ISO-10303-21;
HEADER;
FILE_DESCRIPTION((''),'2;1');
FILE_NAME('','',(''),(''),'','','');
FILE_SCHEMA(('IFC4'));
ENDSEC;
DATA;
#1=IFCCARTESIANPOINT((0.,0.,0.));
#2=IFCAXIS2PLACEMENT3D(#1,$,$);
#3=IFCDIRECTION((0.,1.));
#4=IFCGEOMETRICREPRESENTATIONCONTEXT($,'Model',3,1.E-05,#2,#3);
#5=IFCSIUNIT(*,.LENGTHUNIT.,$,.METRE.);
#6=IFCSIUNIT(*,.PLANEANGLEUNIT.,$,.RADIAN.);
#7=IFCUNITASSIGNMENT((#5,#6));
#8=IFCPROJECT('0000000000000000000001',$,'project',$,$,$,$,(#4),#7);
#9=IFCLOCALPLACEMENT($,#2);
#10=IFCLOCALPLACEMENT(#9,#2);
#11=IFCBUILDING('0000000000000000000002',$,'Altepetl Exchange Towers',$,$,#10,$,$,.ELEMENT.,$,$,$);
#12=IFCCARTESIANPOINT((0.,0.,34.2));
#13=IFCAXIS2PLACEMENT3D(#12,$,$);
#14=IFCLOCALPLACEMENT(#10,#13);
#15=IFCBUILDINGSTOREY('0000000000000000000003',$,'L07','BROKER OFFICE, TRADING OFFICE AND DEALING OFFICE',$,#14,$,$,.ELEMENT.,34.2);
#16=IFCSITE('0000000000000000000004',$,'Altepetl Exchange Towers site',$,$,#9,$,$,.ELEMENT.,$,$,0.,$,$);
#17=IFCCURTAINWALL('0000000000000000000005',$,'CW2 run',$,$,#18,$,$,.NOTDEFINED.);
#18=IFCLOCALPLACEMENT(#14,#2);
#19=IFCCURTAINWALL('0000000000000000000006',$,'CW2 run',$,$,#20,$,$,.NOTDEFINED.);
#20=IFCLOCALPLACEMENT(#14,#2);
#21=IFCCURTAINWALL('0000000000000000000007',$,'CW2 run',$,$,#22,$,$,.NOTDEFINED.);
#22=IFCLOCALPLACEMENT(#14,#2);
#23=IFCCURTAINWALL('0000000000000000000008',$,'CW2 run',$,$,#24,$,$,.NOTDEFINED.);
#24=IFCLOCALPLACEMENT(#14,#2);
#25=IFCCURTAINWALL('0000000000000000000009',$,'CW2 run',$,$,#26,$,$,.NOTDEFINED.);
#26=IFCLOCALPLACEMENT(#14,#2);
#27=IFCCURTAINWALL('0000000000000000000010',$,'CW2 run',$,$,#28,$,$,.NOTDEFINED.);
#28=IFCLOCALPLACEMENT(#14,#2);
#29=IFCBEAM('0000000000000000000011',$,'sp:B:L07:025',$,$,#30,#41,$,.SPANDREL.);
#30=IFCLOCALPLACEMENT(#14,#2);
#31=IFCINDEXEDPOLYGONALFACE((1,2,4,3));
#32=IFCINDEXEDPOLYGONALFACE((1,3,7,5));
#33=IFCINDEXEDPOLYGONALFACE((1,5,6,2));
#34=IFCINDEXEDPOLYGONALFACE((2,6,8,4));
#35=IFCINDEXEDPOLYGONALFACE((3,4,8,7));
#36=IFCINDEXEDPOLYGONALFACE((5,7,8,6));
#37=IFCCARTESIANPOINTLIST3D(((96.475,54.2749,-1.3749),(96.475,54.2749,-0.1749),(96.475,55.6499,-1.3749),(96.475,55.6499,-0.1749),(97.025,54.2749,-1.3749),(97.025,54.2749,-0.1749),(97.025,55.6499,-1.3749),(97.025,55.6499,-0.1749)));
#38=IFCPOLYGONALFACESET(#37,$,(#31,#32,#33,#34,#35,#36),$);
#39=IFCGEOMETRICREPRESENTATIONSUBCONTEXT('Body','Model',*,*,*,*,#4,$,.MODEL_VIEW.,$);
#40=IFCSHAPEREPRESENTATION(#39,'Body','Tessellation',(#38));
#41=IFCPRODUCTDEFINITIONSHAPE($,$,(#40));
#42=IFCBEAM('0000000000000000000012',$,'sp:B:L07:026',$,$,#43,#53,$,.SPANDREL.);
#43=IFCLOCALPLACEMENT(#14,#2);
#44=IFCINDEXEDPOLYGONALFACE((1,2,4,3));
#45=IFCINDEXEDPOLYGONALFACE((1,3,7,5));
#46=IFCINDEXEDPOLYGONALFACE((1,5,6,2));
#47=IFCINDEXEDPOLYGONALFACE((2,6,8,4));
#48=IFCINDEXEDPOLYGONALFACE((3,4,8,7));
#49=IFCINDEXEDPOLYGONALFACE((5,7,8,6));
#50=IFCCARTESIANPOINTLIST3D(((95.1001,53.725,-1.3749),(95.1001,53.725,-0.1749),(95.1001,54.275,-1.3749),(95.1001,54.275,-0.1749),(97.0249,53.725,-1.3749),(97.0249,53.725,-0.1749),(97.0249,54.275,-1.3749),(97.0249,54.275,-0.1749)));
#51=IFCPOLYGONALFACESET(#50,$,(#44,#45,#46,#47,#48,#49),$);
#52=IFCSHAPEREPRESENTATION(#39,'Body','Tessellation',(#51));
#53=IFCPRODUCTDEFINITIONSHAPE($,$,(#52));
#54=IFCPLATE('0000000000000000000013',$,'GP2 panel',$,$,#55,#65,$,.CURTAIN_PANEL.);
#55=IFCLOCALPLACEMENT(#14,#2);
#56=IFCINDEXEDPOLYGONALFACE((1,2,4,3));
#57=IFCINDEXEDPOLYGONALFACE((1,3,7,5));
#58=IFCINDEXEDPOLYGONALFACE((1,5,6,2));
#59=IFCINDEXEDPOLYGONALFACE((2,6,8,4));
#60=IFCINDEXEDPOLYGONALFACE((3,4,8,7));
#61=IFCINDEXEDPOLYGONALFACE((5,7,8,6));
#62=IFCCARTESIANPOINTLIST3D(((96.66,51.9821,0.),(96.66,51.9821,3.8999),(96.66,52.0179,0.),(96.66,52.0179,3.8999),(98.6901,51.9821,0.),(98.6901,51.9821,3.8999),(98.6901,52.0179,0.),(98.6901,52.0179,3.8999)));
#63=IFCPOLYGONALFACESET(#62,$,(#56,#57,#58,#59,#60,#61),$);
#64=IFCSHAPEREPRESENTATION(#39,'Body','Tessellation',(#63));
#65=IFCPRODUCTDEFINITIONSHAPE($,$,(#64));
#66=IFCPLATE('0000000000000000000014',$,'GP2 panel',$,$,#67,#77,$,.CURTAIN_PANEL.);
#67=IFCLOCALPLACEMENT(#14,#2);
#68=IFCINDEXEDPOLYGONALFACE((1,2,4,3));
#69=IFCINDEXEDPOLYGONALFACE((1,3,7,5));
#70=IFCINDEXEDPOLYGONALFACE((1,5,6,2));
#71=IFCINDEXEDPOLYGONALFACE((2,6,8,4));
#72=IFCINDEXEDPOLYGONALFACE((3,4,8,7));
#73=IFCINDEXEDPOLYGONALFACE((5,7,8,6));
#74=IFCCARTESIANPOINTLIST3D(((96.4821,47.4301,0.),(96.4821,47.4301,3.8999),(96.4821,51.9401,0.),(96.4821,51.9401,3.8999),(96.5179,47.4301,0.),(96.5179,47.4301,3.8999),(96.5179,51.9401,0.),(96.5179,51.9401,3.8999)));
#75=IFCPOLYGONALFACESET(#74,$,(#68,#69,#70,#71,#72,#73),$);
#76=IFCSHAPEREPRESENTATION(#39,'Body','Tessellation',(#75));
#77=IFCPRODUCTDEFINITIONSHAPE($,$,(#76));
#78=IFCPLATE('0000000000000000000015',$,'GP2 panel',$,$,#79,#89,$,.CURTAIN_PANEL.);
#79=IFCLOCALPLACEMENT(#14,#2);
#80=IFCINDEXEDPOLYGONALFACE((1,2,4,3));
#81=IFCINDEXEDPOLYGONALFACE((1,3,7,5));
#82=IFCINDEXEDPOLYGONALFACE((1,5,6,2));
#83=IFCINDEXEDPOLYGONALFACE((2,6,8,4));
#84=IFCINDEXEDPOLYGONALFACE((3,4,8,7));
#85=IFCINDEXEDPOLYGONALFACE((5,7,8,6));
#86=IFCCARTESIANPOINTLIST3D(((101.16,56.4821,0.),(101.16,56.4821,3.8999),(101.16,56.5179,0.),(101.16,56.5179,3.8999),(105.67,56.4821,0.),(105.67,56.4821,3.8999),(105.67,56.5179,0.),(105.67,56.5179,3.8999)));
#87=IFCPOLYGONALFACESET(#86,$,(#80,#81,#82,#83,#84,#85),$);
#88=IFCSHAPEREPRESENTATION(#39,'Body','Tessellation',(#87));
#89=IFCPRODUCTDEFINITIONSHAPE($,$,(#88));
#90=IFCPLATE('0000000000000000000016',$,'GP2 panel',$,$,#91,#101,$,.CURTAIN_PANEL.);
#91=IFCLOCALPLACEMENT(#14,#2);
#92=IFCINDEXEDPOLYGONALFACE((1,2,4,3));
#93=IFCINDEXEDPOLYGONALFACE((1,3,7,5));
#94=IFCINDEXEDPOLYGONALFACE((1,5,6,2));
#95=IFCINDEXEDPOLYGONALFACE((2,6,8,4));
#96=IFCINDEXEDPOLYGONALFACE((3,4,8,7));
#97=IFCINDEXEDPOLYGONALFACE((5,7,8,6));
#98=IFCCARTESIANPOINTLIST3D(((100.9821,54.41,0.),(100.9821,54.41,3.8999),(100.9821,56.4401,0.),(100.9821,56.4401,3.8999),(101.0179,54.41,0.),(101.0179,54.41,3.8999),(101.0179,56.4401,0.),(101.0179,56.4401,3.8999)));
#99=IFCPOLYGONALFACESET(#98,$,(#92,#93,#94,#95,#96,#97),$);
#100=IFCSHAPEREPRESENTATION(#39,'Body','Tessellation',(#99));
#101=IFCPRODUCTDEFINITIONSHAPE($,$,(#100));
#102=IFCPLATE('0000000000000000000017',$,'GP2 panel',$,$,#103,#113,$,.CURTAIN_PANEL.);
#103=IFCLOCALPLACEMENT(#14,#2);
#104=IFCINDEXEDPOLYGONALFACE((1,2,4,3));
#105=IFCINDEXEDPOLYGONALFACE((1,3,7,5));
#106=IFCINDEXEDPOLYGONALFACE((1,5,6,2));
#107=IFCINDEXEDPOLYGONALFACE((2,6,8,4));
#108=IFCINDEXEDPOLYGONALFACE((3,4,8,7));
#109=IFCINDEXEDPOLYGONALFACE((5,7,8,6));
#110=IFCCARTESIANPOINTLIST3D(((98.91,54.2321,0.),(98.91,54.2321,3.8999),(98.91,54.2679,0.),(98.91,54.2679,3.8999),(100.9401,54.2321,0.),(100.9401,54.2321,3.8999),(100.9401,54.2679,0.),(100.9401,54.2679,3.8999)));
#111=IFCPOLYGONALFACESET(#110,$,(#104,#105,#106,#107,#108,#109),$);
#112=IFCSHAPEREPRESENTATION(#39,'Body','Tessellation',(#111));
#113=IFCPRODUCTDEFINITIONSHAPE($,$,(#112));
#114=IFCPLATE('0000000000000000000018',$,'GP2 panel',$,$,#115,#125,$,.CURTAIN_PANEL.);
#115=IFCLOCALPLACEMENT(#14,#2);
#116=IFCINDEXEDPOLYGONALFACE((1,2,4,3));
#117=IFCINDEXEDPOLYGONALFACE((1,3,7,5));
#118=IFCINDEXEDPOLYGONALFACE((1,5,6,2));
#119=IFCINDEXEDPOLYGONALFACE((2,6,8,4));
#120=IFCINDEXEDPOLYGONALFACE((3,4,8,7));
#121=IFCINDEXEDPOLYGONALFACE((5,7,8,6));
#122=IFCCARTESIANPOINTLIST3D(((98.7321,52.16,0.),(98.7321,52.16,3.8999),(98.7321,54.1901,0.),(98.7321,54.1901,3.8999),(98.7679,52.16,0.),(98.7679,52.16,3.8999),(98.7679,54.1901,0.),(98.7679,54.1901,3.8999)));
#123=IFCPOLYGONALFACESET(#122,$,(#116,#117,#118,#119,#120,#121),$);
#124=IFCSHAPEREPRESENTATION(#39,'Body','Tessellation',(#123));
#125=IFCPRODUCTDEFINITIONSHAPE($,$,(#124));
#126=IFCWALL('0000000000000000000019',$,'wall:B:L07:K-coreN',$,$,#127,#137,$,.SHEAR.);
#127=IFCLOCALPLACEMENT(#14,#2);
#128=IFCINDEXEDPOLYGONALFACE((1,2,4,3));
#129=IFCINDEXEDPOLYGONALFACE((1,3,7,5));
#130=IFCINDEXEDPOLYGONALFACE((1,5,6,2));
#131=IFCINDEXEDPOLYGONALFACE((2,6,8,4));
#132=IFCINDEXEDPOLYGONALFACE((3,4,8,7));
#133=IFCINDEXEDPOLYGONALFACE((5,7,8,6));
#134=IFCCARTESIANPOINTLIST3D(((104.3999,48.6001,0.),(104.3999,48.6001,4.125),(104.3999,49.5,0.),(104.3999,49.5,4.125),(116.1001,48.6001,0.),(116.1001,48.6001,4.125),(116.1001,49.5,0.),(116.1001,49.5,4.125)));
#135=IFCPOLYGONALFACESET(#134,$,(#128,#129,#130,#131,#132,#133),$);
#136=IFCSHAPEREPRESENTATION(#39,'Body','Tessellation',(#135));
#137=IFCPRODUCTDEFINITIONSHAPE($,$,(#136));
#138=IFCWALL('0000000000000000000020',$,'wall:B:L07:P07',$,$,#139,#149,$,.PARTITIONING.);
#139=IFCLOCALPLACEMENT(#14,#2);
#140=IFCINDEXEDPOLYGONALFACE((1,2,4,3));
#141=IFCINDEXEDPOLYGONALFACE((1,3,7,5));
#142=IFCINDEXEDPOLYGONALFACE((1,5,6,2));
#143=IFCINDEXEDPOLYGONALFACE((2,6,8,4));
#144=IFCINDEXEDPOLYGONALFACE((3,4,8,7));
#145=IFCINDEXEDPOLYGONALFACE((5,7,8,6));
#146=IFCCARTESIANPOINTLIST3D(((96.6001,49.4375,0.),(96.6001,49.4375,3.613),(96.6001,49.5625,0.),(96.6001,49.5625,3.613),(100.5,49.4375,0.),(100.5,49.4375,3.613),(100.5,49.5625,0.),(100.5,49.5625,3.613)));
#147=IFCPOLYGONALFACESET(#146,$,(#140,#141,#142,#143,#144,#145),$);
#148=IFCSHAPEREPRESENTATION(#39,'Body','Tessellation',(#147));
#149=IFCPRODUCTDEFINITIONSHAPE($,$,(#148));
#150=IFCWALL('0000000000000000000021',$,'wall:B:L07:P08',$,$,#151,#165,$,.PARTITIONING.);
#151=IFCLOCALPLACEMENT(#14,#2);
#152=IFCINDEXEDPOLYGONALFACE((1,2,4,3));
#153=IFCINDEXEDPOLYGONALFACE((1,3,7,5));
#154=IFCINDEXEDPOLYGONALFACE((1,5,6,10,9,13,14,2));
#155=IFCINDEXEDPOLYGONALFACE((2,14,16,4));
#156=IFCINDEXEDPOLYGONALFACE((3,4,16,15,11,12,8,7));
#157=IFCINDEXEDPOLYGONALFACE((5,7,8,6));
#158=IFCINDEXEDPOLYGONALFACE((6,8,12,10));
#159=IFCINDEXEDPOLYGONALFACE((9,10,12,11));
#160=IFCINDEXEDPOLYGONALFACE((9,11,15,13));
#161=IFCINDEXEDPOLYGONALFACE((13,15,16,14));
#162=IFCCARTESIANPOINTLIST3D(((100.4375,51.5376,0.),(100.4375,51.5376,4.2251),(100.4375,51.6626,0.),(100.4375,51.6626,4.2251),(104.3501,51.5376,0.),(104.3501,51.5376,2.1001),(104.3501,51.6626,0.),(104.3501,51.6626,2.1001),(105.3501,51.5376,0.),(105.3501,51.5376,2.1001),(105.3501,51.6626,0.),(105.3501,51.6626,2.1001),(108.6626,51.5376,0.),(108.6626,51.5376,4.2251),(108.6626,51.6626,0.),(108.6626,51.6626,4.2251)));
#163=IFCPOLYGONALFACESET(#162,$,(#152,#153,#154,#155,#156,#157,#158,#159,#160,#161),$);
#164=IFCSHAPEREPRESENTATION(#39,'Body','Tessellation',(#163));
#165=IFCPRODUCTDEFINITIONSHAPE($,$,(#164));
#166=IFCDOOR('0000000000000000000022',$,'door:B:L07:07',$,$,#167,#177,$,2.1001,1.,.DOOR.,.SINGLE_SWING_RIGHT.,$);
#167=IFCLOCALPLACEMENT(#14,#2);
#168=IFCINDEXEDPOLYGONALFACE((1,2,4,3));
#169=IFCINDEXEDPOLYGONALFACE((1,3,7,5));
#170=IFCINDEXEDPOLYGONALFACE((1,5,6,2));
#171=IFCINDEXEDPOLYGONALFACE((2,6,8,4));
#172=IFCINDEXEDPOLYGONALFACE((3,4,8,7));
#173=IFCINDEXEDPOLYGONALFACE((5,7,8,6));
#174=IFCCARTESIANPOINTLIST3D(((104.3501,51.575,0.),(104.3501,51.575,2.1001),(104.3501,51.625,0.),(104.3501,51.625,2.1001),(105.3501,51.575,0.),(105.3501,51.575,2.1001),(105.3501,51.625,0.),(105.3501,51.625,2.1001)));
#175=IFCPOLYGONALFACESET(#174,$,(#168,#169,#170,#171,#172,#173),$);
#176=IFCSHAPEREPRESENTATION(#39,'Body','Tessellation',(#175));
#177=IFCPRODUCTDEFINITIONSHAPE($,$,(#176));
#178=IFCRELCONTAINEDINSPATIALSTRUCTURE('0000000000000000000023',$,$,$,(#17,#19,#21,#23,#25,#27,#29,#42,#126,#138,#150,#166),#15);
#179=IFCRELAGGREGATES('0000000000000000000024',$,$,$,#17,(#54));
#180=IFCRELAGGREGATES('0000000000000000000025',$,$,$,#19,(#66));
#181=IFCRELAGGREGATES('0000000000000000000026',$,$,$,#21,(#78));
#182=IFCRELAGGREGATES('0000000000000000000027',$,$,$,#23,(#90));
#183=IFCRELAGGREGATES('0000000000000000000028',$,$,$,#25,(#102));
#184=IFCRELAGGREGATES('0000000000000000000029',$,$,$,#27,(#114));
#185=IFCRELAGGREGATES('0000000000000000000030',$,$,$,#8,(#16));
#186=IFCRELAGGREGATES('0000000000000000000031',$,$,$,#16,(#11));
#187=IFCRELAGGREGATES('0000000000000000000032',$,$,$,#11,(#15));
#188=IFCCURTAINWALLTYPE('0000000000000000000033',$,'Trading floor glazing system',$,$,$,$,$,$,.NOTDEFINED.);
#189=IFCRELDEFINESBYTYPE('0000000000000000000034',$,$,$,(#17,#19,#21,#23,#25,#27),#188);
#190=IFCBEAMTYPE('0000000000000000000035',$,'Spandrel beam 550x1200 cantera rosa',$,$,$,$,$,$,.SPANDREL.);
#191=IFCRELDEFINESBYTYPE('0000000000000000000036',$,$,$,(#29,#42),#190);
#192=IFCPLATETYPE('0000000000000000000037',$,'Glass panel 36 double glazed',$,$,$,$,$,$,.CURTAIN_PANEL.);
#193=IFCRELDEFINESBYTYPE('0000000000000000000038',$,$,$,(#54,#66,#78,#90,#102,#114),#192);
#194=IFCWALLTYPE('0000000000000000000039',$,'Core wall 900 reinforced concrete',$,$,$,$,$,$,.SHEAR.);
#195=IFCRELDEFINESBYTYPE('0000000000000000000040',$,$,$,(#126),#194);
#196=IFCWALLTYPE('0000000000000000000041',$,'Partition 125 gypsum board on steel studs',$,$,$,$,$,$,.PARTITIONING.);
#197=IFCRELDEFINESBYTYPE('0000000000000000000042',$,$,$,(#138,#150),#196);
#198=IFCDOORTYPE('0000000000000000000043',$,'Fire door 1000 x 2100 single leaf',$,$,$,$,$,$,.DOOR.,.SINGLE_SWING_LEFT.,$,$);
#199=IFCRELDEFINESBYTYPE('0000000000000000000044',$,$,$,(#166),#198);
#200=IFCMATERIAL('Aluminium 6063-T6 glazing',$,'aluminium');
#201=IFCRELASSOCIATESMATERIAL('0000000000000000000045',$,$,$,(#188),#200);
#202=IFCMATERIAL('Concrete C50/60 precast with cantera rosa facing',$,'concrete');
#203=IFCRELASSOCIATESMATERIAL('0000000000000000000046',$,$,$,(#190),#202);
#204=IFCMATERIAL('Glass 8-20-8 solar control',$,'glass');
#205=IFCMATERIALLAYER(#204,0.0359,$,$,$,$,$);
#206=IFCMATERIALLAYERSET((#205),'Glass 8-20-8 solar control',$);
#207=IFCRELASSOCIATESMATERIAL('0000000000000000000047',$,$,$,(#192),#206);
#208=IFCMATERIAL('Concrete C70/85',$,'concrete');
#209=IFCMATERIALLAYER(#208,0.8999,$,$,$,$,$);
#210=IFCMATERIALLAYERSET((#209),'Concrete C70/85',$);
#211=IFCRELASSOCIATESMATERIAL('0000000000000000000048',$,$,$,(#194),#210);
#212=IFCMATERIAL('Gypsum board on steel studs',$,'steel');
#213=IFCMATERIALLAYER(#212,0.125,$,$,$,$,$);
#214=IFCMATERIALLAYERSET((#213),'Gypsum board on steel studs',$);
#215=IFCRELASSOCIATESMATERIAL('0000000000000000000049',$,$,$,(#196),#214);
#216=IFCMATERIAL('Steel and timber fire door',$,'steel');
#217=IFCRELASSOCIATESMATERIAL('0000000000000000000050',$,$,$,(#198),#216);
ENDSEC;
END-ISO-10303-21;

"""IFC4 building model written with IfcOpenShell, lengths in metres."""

from ifc_helpers import new_model, si_unit, direction, frame, frame_2d, origin, origin_2d, place, context, subcontext, project, spatial, rectangle, extrude, material, layer, layer_set, material_profile, profile_set, type_object, element, fill, aggregate, save


model = new_model("IFC4")

# Units and contexts
model_context = context("Model", 3, precision=1e-05, world=origin(), true_north=direction((0.0, 1.0)))
body_context = subcontext(model_context, "Body", "Model", "MODEL_VIEW")
ifc_project = project(units=[si_unit("LENGTHUNIT", "METRE"), si_unit("PLANEANGLEUNIT", "RADIAN")], contexts=[model_context])

# Site, building, storey
site_placement = place(None, origin())
site = spatial("IfcSite", under=ifc_project, at=site_placement, Name="Altepetl Exchange Towers site", CompositionType="ELEMENT", RefElevation=0.0)
building_placement = place(site_placement, origin())
building = spatial("IfcBuilding", under=site, at=building_placement, Name="Altepetl Exchange Towers", CompositionType="ELEMENT")
storey_placement = place(building_placement, frame((0.0, 0.0, 34.2)))
storey = spatial("IfcBuildingStorey", under=building, at=storey_placement, Name="L07", Description="BROKER OFFICE, TRADING OFFICE AND DEALING OFFICE", CompositionType="ELEMENT", Elevation=34.2)

# Shared definitions
ifc_material_1 = material(Name="Concrete C70/85", Category="concrete")

# Curtain walls
ifc_material_2 = material(Name="Aluminium 6063-T6 glazing", Category="aluminium")
curtain_wall_type = type_object("IfcCurtainWallType", Name="Trading floor glazing system", PredefinedType="NOTDEFINED", material=ifc_material_2)
curtain_wall_1_placement = place(storey_placement, origin())
curtain_wall_1 = element("IfcCurtainWall", 1, at=curtain_wall_1_placement, inside=storey, type_object=curtain_wall_type, Name="CW2 run", PredefinedType="NOTDEFINED")
curtain_wall_2_placement = place(storey_placement, origin())
curtain_wall_2 = element("IfcCurtainWall", 2, at=curtain_wall_2_placement, inside=storey, type_object=curtain_wall_type, Name="CW2 run", PredefinedType="NOTDEFINED")

# Curtain wall
curtain_wall_3_placement = place(storey_placement, origin())
curtain_wall_3 = element("IfcCurtainWall", 3, at=curtain_wall_3_placement, inside=storey, type_object=curtain_wall_type, Name="CW2 run", PredefinedType="NOTDEFINED")

# Curtain walls
curtain_wall_4_placement = place(storey_placement, origin())
curtain_wall_4 = element("IfcCurtainWall", 4, at=curtain_wall_4_placement, inside=storey, type_object=curtain_wall_type, Name="CW2 run", PredefinedType="NOTDEFINED")
curtain_wall_5_placement = place(storey_placement, origin())
curtain_wall_5 = element("IfcCurtainWall", 5, at=curtain_wall_5_placement, inside=storey, type_object=curtain_wall_type, Name="CW2 run", PredefinedType="NOTDEFINED")
curtain_wall_6_placement = place(storey_placement, origin())
curtain_wall_6 = element("IfcCurtainWall", 6, at=curtain_wall_6_placement, inside=storey, type_object=curtain_wall_type, Name="CW2 run", PredefinedType="NOTDEFINED")

# Beams
ifc_material_3 = material(Name="Concrete C50/60 precast with cantera rosa facing", Category="concrete")
ifc_material_profile_1 = material_profile(ifc_material_3, rectangle(XDim=0.55, YDim=1.2, at=origin_2d()), Name="550 x 1200")
ifc_profile_set_1 = profile_set([ifc_material_profile_1], Name="Concrete C50/60 precast with cantera rosa facing")
beam_type_1 = type_object("IfcBeamType", Name="Spandrel beam 550x1200 cantera rosa", PredefinedType="SPANDREL", material=ifc_profile_set_1)
beam_1_placement = place(storey_placement, frame((96.75, 55.6499, -0.7749), z_axis=(0.0, -1.0, 0.0), x_axis=(1.0, 0.0, 0.0)))
element("IfcBeam", 7, at=beam_1_placement, inside=storey, type_object=beam_type_1, Name="sp:B:L07:025", PredefinedType="SPANDREL", context=body_context, shape_type="SweptSolid", body=[
    extrude(rectangle(XDim=0.55, YDim=1.2, at=origin_2d()), origin(), (0.0, 0.0, 1.0), 1.375),
])
beam_2_placement = place(storey_placement, frame((97.0249, 54.0, -0.7749), z_axis=(-1.0, 0.0, 0.0), x_axis=(0.0, -1.0, 0.0)))
element("IfcBeam", 8, at=beam_2_placement, inside=storey, type_object=beam_type_1, Name="sp:B:L07:026", PredefinedType="SPANDREL", context=body_context, shape_type="SweptSolid", body=[
    extrude(rectangle(XDim=0.55, YDim=1.2, at=origin_2d()), origin(), (0.0, 0.0, 1.0), 1.9248),
])

# Plates
ifc_material_4 = material(Name="Glass 8-20-8 solar control", Category="glass")
ifc_layer_1 = layer(ifc_material_4, 0.0359)
ifc_layer_set_1 = layer_set([ifc_layer_1], Name="Glass 8-20-8 solar control")
plate_type = type_object("IfcPlateType", Name="Glass panel 36 double glazed", PredefinedType="CURTAIN_PANEL", material=ifc_layer_set_1)
plate_1_placement = place(storey_placement, frame((97.675, 52.0, 0.0), z_axis=(0.0, 0.0, 1.0), x_axis=(-1.0, 0.0, 0.0)))
plate_1 = element("IfcPlate", 9, at=plate_1_placement, type_object=plate_type, Name="GP2 panel", PredefinedType="CURTAIN_PANEL", context=body_context, shape_type="SweptSolid", body=[
    extrude(rectangle(XDim=2.03, YDim=0.0359, at=origin_2d()), origin(), (0.0, 0.0, 1.0), 3.8999),
])
aggregate(curtain_wall_1, [plate_1])
plate_2_placement = place(storey_placement, frame((96.5, 49.6851, 0.0), z_axis=(0.0, 0.0, 1.0), x_axis=(0.0, -1.0, 0.0)))
plate_2 = element("IfcPlate", 10, at=plate_2_placement, type_object=plate_type, Name="GP2 panel", PredefinedType="CURTAIN_PANEL", context=body_context, shape_type="SweptSolid", body=[
    extrude(rectangle(XDim=4.51, YDim=0.0359, at=origin_2d()), origin(), (0.0, 0.0, 1.0), 3.8999),
])
aggregate(curtain_wall_2, [plate_2])
plate_3_placement = place(storey_placement, frame((103.415, 56.5, 0.0), z_axis=(0.0, 0.0, 1.0), x_axis=(-1.0, 0.0, 0.0)))
plate_3 = element("IfcPlate", 11, at=plate_3_placement, type_object=plate_type, Name="GP2 panel", PredefinedType="CURTAIN_PANEL", context=body_context, shape_type="SweptSolid", body=[
    extrude(rectangle(XDim=4.51, YDim=0.0359, at=origin_2d()), origin(), (0.0, 0.0, 1.0), 3.8999),
])
aggregate(curtain_wall_3, [plate_3])
plate_4_placement = place(storey_placement, frame((101.0, 55.425, 0.0), z_axis=(0.0, 0.0, 1.0), x_axis=(0.0, -1.0, 0.0)))
plate_4 = element("IfcPlate", 12, at=plate_4_placement, type_object=plate_type, Name="GP2 panel", PredefinedType="CURTAIN_PANEL", context=body_context, shape_type="SweptSolid", body=[
    extrude(rectangle(XDim=2.03, YDim=0.0359, at=origin_2d()), origin(), (0.0, 0.0, 1.0), 3.8999),
])
aggregate(curtain_wall_4, [plate_4])
plate_5_placement = place(storey_placement, frame((99.925, 54.25, 0.0), z_axis=(0.0, 0.0, 1.0), x_axis=(-1.0, 0.0, 0.0)))
plate_5 = element("IfcPlate", 13, at=plate_5_placement, type_object=plate_type, Name="GP2 panel", PredefinedType="CURTAIN_PANEL", context=body_context, shape_type="SweptSolid", body=[
    extrude(rectangle(XDim=2.03, YDim=0.0359, at=origin_2d()), origin(), (0.0, 0.0, 1.0), 3.8999),
])
aggregate(curtain_wall_5, [plate_5])
plate_6_placement = place(storey_placement, frame((98.75, 53.175, 0.0), z_axis=(0.0, 0.0, 1.0), x_axis=(0.0, -1.0, 0.0)))
plate_6 = element("IfcPlate", 14, at=plate_6_placement, type_object=plate_type, Name="GP2 panel", PredefinedType="CURTAIN_PANEL", context=body_context, shape_type="SweptSolid", body=[
    extrude(rectangle(XDim=2.03, YDim=0.0359, at=origin_2d()), origin(), (0.0, 0.0, 1.0), 3.8999),
])
aggregate(curtain_wall_6, [plate_6])

# Walls
ifc_layer_2 = layer(ifc_material_1, 0.8999)
ifc_layer_set_2 = layer_set([ifc_layer_2], Name="Concrete C70/85")
wall_type_1 = type_object("IfcWallType", Name="Core wall 900 reinforced concrete", PredefinedType="SHEAR", material=ifc_layer_set_2)
wall_1_placement = place(storey_placement, frame((104.3999, 49.05, 0.0)))
element("IfcWall", 15, at=wall_1_placement, inside=storey, type_object=wall_type_1, Name="wall:B:L07:K-coreN", PredefinedType="SHEAR", context=body_context, shape_type="SweptSolid", body=[
    extrude(rectangle(XDim=11.7002, YDim=0.8999, at=frame_2d((5.8501, 0.0))), origin(), (0.0, 0.0, 1.0), 4.125),
])
ifc_material_5 = material(Name="Gypsum board on steel studs", Category="steel")
ifc_layer_3 = layer(ifc_material_5, 0.125)
ifc_layer_set_3 = layer_set([ifc_layer_3], Name="Gypsum board on steel studs")
wall_type_2 = type_object("IfcWallType", Name="Partition 125 gypsum board on steel studs", PredefinedType="PARTITIONING", material=ifc_layer_set_3)
wall_2_placement = place(storey_placement, frame((96.6001, 49.5, 0.0)))
element("IfcWall", 16, at=wall_2_placement, inside=storey, type_object=wall_type_2, Name="wall:B:L07:P07", PredefinedType="PARTITIONING", context=body_context, shape_type="SweptSolid", body=[
    extrude(rectangle(XDim=3.8999, YDim=0.125, at=frame_2d((1.95, 0.0))), origin(), (0.0, 0.0, 1.0), 3.613),
])

# Wall, opening, door
wall_3_placement = place(storey_placement, frame((100.4375, 51.6001, 0.0)))
wall_3 = element("IfcWall", 17, at=wall_3_placement, inside=storey, type_object=wall_type_2, Name="wall:B:L07:P08", PredefinedType="PARTITIONING", context=body_context, shape_type="SweptSolid", body=[
    extrude(rectangle(XDim=8.2251, YDim=0.125, at=frame_2d((4.1125, 0.0))), origin(), (0.0, 0.0, 1.0), 4.2251),
])
opening_placement = place(wall_3_placement, frame((3.9126, 0.0, 0.0)))
opening = element("IfcOpeningElement", 18, at=opening_placement, cuts=wall_3, PredefinedType="OPENING", context=body_context, shape_type="SweptSolid", body=[
    extrude(rectangle(XDim=1.0, YDim=2.1001, at=frame_2d((0.5, 1.05))), frame((0.0, 0.0725, 0.0), z_axis=(0.0, -1.0, 0.0), x_axis=(1.0, 0.0, 0.0)), (0.0, 0.0, 1.0), 0.145),
])
ifc_material_6 = material(Name="Steel and timber fire door", Category="steel")
door_type = type_object("IfcDoorType", Name="Fire door 1000 x 2100 single leaf", OperationType="SINGLE_SWING_LEFT", PredefinedType="DOOR", material=ifc_material_6)
door_placement = place(opening_placement, origin())
door = element("IfcDoor", 19, at=door_placement, inside=storey, type_object=door_type, Name="door:B:L07:07", OperationType="SINGLE_SWING_RIGHT", OverallHeight=2.1001, OverallWidth=1.0, PredefinedType="DOOR", context=body_context, shape_type="SweptSolid", body=[
    extrude(rectangle(XDim=1.0, YDim=2.1001, at=frame_2d((0.5, 1.05))), frame((0.0, 0.0249, 0.0), z_axis=(0.0, -1.0, 0.0), x_axis=(1.0, 0.0, 0.0)), (0.0, 0.0, 1.0), 0.05),
])
fill(opening, door)

save(model, "model.ifc")
